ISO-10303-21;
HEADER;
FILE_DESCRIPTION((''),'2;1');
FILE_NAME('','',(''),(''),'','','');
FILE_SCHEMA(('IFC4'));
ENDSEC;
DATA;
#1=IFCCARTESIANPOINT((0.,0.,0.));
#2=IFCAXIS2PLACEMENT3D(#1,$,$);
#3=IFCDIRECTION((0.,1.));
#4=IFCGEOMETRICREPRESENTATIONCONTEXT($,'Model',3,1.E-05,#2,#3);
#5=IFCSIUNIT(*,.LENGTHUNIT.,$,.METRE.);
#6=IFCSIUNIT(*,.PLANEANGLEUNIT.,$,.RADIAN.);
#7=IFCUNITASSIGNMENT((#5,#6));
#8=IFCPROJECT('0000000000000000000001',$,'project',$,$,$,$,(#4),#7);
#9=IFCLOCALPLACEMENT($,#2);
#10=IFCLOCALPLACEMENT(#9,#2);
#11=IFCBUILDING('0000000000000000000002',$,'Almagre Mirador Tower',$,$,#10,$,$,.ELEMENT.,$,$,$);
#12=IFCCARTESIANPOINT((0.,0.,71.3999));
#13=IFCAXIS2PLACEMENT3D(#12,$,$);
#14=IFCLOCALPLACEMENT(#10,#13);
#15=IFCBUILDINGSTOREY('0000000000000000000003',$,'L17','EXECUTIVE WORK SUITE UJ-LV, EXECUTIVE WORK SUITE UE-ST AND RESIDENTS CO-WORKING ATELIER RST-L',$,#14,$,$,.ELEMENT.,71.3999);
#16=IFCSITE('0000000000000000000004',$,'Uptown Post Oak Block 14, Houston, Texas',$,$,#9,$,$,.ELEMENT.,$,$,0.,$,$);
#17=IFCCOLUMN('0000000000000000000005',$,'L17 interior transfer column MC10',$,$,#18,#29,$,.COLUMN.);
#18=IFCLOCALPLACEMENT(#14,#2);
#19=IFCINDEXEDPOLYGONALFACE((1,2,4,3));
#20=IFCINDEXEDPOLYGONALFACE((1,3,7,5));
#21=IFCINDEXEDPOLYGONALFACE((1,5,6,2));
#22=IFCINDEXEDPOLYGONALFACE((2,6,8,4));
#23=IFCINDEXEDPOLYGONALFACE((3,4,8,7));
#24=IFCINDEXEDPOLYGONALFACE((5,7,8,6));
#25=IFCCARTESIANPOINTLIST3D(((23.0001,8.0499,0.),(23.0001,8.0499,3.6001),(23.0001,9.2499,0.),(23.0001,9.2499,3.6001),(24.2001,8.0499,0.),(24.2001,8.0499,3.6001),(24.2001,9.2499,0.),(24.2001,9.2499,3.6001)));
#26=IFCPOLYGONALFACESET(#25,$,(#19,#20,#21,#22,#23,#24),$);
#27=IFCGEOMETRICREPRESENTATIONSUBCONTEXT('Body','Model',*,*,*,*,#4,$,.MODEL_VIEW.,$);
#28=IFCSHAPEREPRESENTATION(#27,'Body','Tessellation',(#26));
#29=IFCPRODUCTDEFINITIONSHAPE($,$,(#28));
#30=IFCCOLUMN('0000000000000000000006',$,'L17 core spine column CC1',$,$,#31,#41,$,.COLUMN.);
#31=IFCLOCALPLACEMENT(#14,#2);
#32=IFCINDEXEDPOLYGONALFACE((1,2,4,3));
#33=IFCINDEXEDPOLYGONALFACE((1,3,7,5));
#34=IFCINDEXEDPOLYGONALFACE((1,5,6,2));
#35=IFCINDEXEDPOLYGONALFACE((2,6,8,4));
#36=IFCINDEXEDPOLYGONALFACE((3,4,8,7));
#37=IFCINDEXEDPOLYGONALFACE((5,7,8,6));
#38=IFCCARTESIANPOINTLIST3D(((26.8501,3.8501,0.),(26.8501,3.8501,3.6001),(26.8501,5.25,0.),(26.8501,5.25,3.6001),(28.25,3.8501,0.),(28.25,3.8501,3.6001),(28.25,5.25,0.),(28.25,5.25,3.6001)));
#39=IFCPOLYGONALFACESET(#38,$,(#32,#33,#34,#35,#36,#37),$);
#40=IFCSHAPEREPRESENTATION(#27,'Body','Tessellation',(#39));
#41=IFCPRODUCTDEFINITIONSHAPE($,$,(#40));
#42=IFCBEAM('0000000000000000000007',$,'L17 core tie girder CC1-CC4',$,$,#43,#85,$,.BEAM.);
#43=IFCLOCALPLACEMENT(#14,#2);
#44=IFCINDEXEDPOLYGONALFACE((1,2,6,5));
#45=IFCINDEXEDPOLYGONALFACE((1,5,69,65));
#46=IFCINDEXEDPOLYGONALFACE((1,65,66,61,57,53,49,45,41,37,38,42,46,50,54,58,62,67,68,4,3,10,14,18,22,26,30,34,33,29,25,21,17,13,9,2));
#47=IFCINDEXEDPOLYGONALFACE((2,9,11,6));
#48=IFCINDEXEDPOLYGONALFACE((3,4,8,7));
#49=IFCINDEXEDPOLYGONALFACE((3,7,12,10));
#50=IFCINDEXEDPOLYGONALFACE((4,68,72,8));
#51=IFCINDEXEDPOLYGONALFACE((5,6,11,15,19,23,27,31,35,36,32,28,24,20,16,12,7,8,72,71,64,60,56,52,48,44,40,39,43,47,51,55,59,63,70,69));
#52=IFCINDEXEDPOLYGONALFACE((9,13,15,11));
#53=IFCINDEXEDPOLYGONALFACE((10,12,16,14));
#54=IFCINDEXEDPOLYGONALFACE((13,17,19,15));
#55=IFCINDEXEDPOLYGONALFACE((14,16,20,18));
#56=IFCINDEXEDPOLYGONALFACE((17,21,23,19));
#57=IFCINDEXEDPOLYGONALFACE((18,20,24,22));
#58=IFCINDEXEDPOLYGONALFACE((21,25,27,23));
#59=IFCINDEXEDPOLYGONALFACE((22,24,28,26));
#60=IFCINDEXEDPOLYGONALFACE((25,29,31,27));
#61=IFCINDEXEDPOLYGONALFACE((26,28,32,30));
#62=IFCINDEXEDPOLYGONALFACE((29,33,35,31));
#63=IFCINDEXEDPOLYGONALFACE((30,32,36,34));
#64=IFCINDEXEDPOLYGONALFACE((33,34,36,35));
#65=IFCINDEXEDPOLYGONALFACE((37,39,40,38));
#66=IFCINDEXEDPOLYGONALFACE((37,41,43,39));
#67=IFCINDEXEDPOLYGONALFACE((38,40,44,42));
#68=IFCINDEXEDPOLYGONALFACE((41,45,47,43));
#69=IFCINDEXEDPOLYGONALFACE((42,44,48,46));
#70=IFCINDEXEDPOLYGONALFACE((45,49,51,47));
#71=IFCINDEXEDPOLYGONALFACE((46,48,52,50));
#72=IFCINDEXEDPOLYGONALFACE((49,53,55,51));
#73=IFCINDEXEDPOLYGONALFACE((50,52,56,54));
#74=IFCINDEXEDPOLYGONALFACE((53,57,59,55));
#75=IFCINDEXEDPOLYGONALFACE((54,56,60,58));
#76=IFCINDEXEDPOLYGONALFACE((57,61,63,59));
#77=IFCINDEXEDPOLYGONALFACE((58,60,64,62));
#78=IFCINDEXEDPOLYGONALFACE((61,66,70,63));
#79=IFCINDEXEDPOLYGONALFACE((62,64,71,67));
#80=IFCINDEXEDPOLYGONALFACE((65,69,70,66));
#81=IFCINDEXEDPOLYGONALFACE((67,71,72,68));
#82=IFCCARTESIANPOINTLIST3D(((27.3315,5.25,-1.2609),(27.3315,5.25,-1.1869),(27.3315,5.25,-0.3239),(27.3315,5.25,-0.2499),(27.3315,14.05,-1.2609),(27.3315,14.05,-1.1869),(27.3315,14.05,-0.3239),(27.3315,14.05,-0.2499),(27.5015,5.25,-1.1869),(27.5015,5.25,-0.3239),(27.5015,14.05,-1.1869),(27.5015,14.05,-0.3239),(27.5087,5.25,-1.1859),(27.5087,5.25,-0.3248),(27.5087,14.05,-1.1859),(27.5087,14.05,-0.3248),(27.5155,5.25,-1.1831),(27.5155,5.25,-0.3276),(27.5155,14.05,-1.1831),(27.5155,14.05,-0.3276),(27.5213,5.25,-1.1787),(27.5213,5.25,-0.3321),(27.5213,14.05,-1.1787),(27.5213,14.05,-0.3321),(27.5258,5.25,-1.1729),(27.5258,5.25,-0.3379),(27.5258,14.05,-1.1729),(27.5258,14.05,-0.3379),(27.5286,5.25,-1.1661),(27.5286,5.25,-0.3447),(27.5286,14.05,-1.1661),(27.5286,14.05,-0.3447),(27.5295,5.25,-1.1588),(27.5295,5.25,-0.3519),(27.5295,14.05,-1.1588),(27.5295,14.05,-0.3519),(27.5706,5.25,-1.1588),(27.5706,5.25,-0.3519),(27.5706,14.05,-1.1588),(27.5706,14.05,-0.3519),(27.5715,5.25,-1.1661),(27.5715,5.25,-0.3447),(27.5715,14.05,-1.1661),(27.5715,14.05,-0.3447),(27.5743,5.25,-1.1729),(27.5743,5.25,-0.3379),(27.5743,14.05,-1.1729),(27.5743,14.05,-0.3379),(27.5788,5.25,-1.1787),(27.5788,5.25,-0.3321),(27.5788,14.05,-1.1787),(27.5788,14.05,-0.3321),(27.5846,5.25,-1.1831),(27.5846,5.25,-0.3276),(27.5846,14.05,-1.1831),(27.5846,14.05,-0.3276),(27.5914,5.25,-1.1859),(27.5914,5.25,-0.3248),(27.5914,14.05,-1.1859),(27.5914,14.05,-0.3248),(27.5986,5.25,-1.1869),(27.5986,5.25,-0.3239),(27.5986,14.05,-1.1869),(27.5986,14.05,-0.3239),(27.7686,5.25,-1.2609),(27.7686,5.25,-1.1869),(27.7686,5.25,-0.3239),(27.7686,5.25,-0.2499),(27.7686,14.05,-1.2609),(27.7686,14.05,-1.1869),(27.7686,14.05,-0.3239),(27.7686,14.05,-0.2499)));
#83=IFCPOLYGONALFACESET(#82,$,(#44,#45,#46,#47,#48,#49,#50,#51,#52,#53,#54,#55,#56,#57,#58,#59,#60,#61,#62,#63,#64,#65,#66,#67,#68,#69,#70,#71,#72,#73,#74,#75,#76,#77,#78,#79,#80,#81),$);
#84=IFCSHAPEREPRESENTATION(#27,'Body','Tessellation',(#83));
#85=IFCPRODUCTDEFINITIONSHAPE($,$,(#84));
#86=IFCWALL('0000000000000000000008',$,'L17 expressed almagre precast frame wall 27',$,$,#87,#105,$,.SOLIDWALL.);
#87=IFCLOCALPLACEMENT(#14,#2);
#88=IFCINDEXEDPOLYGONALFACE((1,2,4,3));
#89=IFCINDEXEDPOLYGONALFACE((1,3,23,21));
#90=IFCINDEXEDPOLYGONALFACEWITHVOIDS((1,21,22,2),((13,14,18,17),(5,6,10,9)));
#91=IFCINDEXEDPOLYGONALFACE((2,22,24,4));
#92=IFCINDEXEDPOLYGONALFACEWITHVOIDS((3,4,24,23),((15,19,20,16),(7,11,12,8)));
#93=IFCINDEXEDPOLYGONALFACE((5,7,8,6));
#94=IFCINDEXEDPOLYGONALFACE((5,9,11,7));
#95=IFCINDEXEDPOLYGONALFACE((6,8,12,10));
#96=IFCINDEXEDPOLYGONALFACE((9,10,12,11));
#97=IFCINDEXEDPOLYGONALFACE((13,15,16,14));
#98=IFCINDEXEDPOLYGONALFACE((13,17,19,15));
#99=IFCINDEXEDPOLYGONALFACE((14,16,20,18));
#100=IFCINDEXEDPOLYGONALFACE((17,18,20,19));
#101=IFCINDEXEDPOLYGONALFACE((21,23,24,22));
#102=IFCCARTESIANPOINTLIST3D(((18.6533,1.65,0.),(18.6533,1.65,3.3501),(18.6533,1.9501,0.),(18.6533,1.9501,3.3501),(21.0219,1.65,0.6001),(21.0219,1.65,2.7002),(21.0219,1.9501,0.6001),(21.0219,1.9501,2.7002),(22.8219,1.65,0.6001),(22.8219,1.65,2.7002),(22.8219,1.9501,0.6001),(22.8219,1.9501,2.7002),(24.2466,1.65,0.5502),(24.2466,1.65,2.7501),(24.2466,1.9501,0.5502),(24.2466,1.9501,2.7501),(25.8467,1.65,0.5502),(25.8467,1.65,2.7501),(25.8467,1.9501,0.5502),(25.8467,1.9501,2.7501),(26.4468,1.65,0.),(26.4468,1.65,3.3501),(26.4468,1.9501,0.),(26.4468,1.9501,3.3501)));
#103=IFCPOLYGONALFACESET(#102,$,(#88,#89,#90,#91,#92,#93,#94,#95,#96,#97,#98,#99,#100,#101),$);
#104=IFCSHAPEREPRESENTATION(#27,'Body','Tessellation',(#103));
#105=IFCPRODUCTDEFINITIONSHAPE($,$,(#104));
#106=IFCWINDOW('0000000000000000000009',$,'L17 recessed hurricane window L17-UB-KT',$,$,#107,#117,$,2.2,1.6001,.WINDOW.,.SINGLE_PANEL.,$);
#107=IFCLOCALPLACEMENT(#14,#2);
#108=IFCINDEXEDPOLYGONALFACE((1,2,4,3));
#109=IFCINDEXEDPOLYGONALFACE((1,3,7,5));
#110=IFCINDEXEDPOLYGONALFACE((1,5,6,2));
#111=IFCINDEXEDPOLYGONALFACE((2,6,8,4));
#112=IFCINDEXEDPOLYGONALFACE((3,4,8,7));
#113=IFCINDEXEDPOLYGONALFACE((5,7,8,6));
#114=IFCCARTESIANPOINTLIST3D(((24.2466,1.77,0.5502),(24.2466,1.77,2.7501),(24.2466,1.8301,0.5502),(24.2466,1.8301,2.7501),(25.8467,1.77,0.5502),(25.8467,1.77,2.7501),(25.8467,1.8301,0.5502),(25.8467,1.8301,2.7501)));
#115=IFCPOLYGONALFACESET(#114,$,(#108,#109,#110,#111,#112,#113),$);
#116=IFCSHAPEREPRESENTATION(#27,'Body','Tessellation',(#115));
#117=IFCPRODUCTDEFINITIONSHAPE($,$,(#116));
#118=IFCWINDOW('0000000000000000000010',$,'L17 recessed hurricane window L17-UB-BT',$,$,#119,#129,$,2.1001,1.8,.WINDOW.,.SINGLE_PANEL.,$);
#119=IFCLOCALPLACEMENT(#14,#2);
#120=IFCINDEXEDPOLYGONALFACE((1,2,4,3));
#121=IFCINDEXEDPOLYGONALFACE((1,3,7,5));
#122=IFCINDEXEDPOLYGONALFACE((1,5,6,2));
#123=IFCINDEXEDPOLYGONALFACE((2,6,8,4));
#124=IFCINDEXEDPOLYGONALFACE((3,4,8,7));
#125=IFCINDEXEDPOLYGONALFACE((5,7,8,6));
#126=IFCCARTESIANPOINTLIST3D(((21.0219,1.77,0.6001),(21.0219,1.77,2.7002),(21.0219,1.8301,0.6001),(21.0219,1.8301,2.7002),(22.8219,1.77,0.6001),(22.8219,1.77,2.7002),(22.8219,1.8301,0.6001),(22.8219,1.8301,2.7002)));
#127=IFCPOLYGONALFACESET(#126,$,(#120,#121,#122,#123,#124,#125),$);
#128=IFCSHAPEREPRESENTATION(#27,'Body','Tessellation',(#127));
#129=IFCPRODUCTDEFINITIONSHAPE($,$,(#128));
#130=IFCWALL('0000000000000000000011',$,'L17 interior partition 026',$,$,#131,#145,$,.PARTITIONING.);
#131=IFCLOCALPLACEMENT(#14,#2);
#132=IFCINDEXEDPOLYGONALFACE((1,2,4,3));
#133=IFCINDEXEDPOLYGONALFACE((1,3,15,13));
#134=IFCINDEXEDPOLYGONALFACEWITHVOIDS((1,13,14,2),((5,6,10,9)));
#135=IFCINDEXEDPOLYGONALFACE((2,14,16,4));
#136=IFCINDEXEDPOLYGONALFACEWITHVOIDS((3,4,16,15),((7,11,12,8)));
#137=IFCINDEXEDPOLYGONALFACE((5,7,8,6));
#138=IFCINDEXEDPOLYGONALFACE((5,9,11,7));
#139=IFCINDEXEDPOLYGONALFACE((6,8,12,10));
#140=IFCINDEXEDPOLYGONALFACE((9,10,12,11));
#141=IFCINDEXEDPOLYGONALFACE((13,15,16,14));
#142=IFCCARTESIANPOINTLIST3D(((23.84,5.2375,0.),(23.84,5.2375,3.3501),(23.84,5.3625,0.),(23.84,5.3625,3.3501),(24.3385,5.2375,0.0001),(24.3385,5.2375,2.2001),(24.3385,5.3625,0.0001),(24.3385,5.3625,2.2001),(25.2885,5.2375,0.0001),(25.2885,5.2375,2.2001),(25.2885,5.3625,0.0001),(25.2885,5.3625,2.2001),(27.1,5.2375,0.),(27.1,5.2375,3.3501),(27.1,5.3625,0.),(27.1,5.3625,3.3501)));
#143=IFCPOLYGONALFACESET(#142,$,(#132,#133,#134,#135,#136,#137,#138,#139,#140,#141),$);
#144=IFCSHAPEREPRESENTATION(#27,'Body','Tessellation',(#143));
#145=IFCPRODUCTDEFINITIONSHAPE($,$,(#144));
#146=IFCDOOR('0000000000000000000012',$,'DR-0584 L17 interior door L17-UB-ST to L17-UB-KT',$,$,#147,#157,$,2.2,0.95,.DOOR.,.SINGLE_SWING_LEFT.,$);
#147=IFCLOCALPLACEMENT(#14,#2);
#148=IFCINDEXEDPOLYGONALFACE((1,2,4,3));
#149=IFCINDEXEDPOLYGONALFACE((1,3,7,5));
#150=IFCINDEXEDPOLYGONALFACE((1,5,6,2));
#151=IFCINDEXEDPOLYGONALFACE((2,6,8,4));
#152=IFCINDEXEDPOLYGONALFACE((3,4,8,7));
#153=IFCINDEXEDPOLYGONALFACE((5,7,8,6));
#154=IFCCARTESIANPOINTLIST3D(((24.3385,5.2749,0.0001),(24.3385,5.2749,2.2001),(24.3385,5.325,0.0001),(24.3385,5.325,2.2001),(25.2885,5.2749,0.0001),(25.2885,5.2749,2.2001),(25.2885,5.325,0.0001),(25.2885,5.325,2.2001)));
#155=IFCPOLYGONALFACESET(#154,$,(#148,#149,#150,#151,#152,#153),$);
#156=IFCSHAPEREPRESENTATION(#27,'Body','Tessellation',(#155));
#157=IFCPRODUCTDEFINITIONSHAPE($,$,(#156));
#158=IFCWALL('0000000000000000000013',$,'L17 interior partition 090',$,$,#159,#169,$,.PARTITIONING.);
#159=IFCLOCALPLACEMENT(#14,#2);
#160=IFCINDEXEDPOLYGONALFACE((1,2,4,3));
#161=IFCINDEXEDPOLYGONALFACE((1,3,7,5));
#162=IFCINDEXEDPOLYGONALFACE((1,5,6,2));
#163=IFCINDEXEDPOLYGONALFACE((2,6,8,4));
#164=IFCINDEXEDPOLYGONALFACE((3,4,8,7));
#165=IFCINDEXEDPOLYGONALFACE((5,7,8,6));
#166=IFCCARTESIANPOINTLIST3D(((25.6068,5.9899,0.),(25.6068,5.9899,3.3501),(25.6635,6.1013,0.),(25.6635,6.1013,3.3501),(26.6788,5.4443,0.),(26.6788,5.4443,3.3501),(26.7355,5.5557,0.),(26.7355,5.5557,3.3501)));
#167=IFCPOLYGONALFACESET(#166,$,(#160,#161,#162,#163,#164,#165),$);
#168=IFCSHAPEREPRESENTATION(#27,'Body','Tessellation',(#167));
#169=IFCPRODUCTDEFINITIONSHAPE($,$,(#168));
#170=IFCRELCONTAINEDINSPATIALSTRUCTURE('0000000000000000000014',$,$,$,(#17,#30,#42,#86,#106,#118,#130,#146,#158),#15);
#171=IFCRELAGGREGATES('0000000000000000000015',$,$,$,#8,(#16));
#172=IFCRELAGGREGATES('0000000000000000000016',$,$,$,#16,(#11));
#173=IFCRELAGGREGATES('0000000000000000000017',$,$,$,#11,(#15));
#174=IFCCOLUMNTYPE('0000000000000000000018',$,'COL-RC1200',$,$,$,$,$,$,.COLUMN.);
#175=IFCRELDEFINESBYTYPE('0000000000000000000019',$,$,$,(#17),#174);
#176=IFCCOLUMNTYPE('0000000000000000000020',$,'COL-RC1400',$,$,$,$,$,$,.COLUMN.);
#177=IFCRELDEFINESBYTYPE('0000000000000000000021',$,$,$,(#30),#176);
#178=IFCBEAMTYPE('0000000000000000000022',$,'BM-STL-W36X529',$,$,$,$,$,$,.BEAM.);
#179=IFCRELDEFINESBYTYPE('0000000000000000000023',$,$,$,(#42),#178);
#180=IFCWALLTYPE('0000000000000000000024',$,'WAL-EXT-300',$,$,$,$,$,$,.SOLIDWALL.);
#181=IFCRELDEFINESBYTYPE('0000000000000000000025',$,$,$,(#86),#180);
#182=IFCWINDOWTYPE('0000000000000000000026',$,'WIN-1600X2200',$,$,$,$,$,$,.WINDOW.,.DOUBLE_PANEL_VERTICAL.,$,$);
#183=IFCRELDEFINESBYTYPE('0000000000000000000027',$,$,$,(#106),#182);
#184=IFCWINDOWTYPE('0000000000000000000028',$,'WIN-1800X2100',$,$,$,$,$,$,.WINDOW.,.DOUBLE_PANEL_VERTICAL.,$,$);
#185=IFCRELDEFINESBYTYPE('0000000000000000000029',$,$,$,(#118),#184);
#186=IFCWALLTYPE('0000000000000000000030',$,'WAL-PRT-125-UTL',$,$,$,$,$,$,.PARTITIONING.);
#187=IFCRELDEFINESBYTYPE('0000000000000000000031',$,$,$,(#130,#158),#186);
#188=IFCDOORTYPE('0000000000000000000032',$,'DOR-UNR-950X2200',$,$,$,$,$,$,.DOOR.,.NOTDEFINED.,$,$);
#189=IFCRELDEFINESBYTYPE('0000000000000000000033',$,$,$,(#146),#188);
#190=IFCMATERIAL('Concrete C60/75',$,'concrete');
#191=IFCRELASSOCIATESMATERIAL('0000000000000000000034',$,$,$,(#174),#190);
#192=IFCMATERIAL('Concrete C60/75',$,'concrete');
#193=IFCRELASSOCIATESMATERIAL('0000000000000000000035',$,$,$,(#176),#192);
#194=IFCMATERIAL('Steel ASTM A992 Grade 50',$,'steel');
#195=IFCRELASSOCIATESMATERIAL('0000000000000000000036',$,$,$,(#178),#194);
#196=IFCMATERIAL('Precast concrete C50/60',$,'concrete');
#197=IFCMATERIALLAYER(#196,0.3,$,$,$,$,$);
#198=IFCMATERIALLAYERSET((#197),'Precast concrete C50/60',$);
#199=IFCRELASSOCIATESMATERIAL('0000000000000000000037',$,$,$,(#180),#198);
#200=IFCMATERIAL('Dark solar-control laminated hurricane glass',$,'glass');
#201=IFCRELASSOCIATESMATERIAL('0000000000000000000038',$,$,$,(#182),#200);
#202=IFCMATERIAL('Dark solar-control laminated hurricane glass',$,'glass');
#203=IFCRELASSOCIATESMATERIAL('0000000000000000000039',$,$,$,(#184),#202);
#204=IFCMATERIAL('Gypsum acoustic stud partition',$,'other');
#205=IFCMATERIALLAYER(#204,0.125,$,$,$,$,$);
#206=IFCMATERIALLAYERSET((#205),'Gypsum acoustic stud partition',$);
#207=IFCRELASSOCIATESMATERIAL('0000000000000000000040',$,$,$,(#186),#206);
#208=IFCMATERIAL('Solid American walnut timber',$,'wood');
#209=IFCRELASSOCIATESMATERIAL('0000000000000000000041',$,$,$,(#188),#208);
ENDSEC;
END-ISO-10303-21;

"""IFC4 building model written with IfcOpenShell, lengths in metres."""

from ifc_helpers import new_model, si_unit, direction, frame, frame_2d, origin, origin_2d, place, context, subcontext, project, spatial, rectangle, i_section, extrude, material, layer, layer_set, material_profile, profile_set, type_object, element, fill, save


model = new_model("IFC4")

# Units and contexts
model_context = context("Model", 3, precision=1e-05, world=origin(), true_north=direction((0.0, 1.0)))
body_context = subcontext(model_context, "Body", "Model", "MODEL_VIEW")
ifc_project = project(units=[si_unit("LENGTHUNIT", "METRE"), si_unit("PLANEANGLEUNIT", "RADIAN")], contexts=[model_context])

# Site, building, storey
site_placement = place(None, origin())
site = spatial("IfcSite", under=ifc_project, at=site_placement, Name="Uptown Post Oak Block 14, Houston, Texas", CompositionType="ELEMENT", RefElevation=0.0)
building_placement = place(site_placement, origin())
building = spatial("IfcBuilding", under=site, at=building_placement, Name="Almagre Mirador Tower", CompositionType="ELEMENT")
storey_placement = place(building_placement, frame((0.0, 0.0, 71.3999)))
storey = spatial("IfcBuildingStorey", under=building, at=storey_placement, Name="L17", Description="EXECUTIVE WORK SUITE UJ-LV, EXECUTIVE WORK SUITE UE-ST AND RESIDENTS CO-WORKING ATELIER RST-L", CompositionType="ELEMENT", Elevation=71.3999)

# Columns
ifc_material_1 = material(Name="Concrete C60/75", Category="concrete")
ifc_material_profile_1 = material_profile(ifc_material_1, rectangle(XDim=1.2, YDim=1.2, at=origin_2d()), Name="RC1200X1200")
ifc_profile_set_1 = profile_set([ifc_material_profile_1], Name="Concrete C60/75")
column_type_1 = type_object("IfcColumnType", Name="COL-RC1200", PredefinedType="COLUMN", material=ifc_profile_set_1)
column_1_placement = place(storey_placement, frame((23.6001, 8.6499, 0.0), z_axis=(0.0, 0.0, 1.0), x_axis=(1.0, 0.0, 0.0)))
element("IfcColumn", 1, at=column_1_placement, inside=storey, type_object=column_type_1, Name="L17 interior transfer column MC10", PredefinedType="COLUMN", context=body_context, shape_type="SweptSolid", body=[
    extrude(rectangle(XDim=1.2, YDim=1.2, at=origin_2d()), origin(), (0.0, 0.0, 1.0), 3.6001),
])
ifc_material_2 = material(Name="Concrete C60/75", Category="concrete")
ifc_material_profile_2 = material_profile(ifc_material_2, rectangle(XDim=1.3999, YDim=1.3999, at=origin_2d()), Name="RC1400X1400")
ifc_profile_set_2 = profile_set([ifc_material_profile_2], Name="Concrete C60/75")
column_type_2 = type_object("IfcColumnType", Name="COL-RC1400", PredefinedType="COLUMN", material=ifc_profile_set_2)
column_2_placement = place(storey_placement, frame((27.55, 4.55, 0.0), z_axis=(0.0, 0.0, 1.0), x_axis=(1.0, 0.0, 0.0)))
element("IfcColumn", 2, at=column_2_placement, inside=storey, type_object=column_type_2, Name="L17 core spine column CC1", PredefinedType="COLUMN", context=body_context, shape_type="SweptSolid", body=[
    extrude(rectangle(XDim=1.3999, YDim=1.3999, at=origin_2d()), origin(), (0.0, 0.0, 1.0), 3.6001),
])

# Beam
ifc_material_3 = material(Name="Steel ASTM A992 Grade 50", Category="steel")
ifc_material_profile_3 = material_profile(ifc_material_3, i_section(OverallWidth=0.437, OverallDepth=1.011, WebThickness=0.041, FlangeThickness=0.074, FilletRadius=0.0281, at=origin_2d()), Name="W36X529")
ifc_profile_set_3 = profile_set([ifc_material_profile_3], Name="Steel ASTM A992 Grade 50")
beam_type = type_object("IfcBeamType", Name="BM-STL-W36X529", PredefinedType="BEAM", material=ifc_profile_set_3)
beam_placement = place(storey_placement, frame((27.55, 5.25, -0.7554), z_axis=(0.0, 1.0, 0.0), x_axis=(-1.0, 0.0, 0.0)))
element("IfcBeam", 3, at=beam_placement, inside=storey, type_object=beam_type, Name="L17 core tie girder CC1-CC4", PredefinedType="BEAM", context=body_context, shape_type="SweptSolid", body=[
    extrude(i_section(OverallWidth=0.437, OverallDepth=1.011, WebThickness=0.041, FlangeThickness=0.074, FilletRadius=0.0281, at=origin_2d()), origin(), (0.0, 0.0, 1.0), 8.8),
])

# Wall, openings, windows
ifc_material_4 = material(Name="Precast concrete C50/60", Category="concrete")
ifc_layer_1 = layer(ifc_material_4, 0.3)
ifc_layer_set_1 = layer_set([ifc_layer_1], Name="Precast concrete C50/60")
wall_type_1 = type_object("IfcWallType", Name="WAL-EXT-300", PredefinedType="SOLIDWALL", material=ifc_layer_set_1)
wall_1_placement = place(storey_placement, frame((26.4468, 1.8, 0.0), z_axis=(0.0, 0.0, 1.0), x_axis=(-1.0, 0.0, 0.0)))
wall_1 = element("IfcWall", 4, at=wall_1_placement, inside=storey, type_object=wall_type_1, Name="L17 expressed almagre precast frame wall 27", PredefinedType="SOLIDWALL", context=body_context, shape_type="SweptSolid", body=[
    extrude(rectangle(XDim=7.7935, YDim=0.3, at=frame_2d((3.8967, 0.0))), origin(), (0.0, 0.0, 1.0), 3.3501),
])
opening_1_placement = place(wall_1_placement, frame((3.625, 0.0, 0.6001)))
opening_1 = element("IfcOpeningElement", 5, at=opening_1_placement, cuts=wall_1, PredefinedType="OPENING", context=body_context, shape_type="SweptSolid", body=[
    extrude(rectangle(XDim=1.8, YDim=2.1001, at=frame_2d((0.8999, 1.05))), frame((0.0, 0.1599, 0.0), z_axis=(0.0, -1.0, 0.0), x_axis=(1.0, 0.0, 0.0)), (0.0, 0.0, 1.0), 0.32),
])
opening_2_placement = place(wall_1_placement, frame((0.6001, 0.0, 0.55)))
opening_2 = element("IfcOpeningElement", 6, at=opening_2_placement, cuts=wall_1, PredefinedType="OPENING", context=body_context, shape_type="SweptSolid", body=[
    extrude(rectangle(XDim=1.6001, YDim=2.2, at=frame_2d((0.8, 1.1001))), frame((0.0, 0.1599, 0.0), z_axis=(0.0, -1.0, 0.0), x_axis=(1.0, 0.0, 0.0)), (0.0, 0.0, 1.0), 0.32),
])
ifc_material_5 = material(Name="Dark solar-control laminated hurricane glass", Category="glass")
window_type_1 = type_object("IfcWindowType", Name="WIN-1600X2200", PartitioningType="DOUBLE_PANEL_VERTICAL", PredefinedType="WINDOW", material=ifc_material_5)
window_1_placement = place(opening_2_placement, origin())
window_1 = element("IfcWindow", 7, at=window_1_placement, inside=storey, type_object=window_type_1, Name="L17 recessed hurricane window L17-UB-KT", OverallHeight=2.2, OverallWidth=1.6001, PartitioningType="SINGLE_PANEL", PredefinedType="WINDOW", context=body_context, shape_type="SweptSolid", body=[
    extrude(rectangle(XDim=1.6001, YDim=2.2, at=frame_2d((0.8, 1.1001))), frame((0.0, 0.03, 0.0), z_axis=(0.0, -1.0, 0.0), x_axis=(1.0, 0.0, 0.0)), (0.0, 0.0, 1.0), 0.0601),
])
fill(opening_2, window_1)
ifc_material_6 = material(Name="Dark solar-control laminated hurricane glass", Category="glass")
window_type_2 = type_object("IfcWindowType", Name="WIN-1800X2100", PartitioningType="DOUBLE_PANEL_VERTICAL", PredefinedType="WINDOW", material=ifc_material_6)
window_2_placement = place(opening_1_placement, origin())
window_2 = element("IfcWindow", 8, at=window_2_placement, inside=storey, type_object=window_type_2, Name="L17 recessed hurricane window L17-UB-BT", OverallHeight=2.1001, OverallWidth=1.8, PartitioningType="SINGLE_PANEL", PredefinedType="WINDOW", context=body_context, shape_type="SweptSolid", body=[
    extrude(rectangle(XDim=1.8, YDim=2.1001, at=frame_2d((0.8999, 1.05))), frame((0.0, 0.03, 0.0), z_axis=(0.0, -1.0, 0.0), x_axis=(1.0, 0.0, 0.0)), (0.0, 0.0, 1.0), 0.0601),
])
fill(opening_1, window_2)

# Wall, opening, door
ifc_material_7 = material(Name="Gypsum acoustic stud partition", Category="other")
ifc_layer_2 = layer(ifc_material_7, 0.125)
ifc_layer_set_2 = layer_set([ifc_layer_2], Name="Gypsum acoustic stud partition")
wall_type_2 = type_object("IfcWallType", Name="WAL-PRT-125-UTL", PredefinedType="PARTITIONING", material=ifc_layer_set_2)
wall_2_placement = place(storey_placement, frame((23.8401, 5.3, 0.0), z_axis=(0.0, 0.0, 1.0), x_axis=(1.0, 0.0, 0.0)))
wall_2 = element("IfcWall", 9, at=wall_2_placement, inside=storey, type_object=wall_type_2, Name="L17 interior partition 026", PredefinedType="PARTITIONING", context=body_context, shape_type="SweptSolid", body=[
    extrude(rectangle(XDim=3.26, YDim=0.125, at=frame_2d((1.6299, 0.0))), origin(), (0.0, 0.0, 1.0), 3.3501),
])
opening_3_placement = place(wall_2_placement, frame((0.4983, 0.0, 0.0)))
opening_3 = element("IfcOpeningElement", 10, at=opening_3_placement, cuts=wall_2, PredefinedType="OPENING", context=body_context, shape_type="SweptSolid", body=[
    extrude(rectangle(XDim=0.95, YDim=2.2, at=frame_2d((0.4751, 1.1001))), frame((0.0, 0.0725, 0.0), z_axis=(0.0, -1.0, 0.0), x_axis=(1.0, 0.0, 0.0)), (0.0, 0.0, 1.0), 0.145),
])
ifc_material_8 = material(Name="Solid American walnut timber", Category="wood")
door_type_1 = type_object("IfcDoorType", Name="DOR-UNR-950X2200", OperationType="NOTDEFINED", PredefinedType="DOOR", material=ifc_material_8)
door_1_placement = place(opening_3_placement, origin())
door_1 = element("IfcDoor", 11, at=door_1_placement, inside=storey, type_object=door_type_1, Name="DR-0584 L17 interior door L17-UB-ST to L17-UB-KT", OperationType="SINGLE_SWING_LEFT", OverallHeight=2.2, OverallWidth=0.95, PredefinedType="DOOR", context=body_context, shape_type="SweptSolid", body=[
    extrude(rectangle(XDim=0.95, YDim=2.2, at=frame_2d((0.4751, 1.1001))), frame((0.0, 0.0249, 0.0), z_axis=(0.0, -1.0, 0.0), x_axis=(1.0, 0.0, 0.0)), (0.0, 0.0, 1.0), 0.05),
])
fill(opening_3, door_1)

# Wall
wall_3_placement = place(storey_placement, frame((25.635, 6.0457, 0.0), z_axis=(0.0, 0.0, 1.0), x_axis=(0.891197, -0.453616, 0.0)))
element("IfcWall", 12, at=wall_3_placement, inside=storey, type_object=wall_type_2, Name="L17 interior partition 090", PredefinedType="PARTITIONING", context=body_context, shape_type="SweptSolid", body=[
    extrude(rectangle(XDim=1.2029, YDim=0.125, at=frame_2d((0.6016, 0.0))), origin(), (0.0, 0.0, 1.0), 3.3501),
])

save(model, "model.ifc")
